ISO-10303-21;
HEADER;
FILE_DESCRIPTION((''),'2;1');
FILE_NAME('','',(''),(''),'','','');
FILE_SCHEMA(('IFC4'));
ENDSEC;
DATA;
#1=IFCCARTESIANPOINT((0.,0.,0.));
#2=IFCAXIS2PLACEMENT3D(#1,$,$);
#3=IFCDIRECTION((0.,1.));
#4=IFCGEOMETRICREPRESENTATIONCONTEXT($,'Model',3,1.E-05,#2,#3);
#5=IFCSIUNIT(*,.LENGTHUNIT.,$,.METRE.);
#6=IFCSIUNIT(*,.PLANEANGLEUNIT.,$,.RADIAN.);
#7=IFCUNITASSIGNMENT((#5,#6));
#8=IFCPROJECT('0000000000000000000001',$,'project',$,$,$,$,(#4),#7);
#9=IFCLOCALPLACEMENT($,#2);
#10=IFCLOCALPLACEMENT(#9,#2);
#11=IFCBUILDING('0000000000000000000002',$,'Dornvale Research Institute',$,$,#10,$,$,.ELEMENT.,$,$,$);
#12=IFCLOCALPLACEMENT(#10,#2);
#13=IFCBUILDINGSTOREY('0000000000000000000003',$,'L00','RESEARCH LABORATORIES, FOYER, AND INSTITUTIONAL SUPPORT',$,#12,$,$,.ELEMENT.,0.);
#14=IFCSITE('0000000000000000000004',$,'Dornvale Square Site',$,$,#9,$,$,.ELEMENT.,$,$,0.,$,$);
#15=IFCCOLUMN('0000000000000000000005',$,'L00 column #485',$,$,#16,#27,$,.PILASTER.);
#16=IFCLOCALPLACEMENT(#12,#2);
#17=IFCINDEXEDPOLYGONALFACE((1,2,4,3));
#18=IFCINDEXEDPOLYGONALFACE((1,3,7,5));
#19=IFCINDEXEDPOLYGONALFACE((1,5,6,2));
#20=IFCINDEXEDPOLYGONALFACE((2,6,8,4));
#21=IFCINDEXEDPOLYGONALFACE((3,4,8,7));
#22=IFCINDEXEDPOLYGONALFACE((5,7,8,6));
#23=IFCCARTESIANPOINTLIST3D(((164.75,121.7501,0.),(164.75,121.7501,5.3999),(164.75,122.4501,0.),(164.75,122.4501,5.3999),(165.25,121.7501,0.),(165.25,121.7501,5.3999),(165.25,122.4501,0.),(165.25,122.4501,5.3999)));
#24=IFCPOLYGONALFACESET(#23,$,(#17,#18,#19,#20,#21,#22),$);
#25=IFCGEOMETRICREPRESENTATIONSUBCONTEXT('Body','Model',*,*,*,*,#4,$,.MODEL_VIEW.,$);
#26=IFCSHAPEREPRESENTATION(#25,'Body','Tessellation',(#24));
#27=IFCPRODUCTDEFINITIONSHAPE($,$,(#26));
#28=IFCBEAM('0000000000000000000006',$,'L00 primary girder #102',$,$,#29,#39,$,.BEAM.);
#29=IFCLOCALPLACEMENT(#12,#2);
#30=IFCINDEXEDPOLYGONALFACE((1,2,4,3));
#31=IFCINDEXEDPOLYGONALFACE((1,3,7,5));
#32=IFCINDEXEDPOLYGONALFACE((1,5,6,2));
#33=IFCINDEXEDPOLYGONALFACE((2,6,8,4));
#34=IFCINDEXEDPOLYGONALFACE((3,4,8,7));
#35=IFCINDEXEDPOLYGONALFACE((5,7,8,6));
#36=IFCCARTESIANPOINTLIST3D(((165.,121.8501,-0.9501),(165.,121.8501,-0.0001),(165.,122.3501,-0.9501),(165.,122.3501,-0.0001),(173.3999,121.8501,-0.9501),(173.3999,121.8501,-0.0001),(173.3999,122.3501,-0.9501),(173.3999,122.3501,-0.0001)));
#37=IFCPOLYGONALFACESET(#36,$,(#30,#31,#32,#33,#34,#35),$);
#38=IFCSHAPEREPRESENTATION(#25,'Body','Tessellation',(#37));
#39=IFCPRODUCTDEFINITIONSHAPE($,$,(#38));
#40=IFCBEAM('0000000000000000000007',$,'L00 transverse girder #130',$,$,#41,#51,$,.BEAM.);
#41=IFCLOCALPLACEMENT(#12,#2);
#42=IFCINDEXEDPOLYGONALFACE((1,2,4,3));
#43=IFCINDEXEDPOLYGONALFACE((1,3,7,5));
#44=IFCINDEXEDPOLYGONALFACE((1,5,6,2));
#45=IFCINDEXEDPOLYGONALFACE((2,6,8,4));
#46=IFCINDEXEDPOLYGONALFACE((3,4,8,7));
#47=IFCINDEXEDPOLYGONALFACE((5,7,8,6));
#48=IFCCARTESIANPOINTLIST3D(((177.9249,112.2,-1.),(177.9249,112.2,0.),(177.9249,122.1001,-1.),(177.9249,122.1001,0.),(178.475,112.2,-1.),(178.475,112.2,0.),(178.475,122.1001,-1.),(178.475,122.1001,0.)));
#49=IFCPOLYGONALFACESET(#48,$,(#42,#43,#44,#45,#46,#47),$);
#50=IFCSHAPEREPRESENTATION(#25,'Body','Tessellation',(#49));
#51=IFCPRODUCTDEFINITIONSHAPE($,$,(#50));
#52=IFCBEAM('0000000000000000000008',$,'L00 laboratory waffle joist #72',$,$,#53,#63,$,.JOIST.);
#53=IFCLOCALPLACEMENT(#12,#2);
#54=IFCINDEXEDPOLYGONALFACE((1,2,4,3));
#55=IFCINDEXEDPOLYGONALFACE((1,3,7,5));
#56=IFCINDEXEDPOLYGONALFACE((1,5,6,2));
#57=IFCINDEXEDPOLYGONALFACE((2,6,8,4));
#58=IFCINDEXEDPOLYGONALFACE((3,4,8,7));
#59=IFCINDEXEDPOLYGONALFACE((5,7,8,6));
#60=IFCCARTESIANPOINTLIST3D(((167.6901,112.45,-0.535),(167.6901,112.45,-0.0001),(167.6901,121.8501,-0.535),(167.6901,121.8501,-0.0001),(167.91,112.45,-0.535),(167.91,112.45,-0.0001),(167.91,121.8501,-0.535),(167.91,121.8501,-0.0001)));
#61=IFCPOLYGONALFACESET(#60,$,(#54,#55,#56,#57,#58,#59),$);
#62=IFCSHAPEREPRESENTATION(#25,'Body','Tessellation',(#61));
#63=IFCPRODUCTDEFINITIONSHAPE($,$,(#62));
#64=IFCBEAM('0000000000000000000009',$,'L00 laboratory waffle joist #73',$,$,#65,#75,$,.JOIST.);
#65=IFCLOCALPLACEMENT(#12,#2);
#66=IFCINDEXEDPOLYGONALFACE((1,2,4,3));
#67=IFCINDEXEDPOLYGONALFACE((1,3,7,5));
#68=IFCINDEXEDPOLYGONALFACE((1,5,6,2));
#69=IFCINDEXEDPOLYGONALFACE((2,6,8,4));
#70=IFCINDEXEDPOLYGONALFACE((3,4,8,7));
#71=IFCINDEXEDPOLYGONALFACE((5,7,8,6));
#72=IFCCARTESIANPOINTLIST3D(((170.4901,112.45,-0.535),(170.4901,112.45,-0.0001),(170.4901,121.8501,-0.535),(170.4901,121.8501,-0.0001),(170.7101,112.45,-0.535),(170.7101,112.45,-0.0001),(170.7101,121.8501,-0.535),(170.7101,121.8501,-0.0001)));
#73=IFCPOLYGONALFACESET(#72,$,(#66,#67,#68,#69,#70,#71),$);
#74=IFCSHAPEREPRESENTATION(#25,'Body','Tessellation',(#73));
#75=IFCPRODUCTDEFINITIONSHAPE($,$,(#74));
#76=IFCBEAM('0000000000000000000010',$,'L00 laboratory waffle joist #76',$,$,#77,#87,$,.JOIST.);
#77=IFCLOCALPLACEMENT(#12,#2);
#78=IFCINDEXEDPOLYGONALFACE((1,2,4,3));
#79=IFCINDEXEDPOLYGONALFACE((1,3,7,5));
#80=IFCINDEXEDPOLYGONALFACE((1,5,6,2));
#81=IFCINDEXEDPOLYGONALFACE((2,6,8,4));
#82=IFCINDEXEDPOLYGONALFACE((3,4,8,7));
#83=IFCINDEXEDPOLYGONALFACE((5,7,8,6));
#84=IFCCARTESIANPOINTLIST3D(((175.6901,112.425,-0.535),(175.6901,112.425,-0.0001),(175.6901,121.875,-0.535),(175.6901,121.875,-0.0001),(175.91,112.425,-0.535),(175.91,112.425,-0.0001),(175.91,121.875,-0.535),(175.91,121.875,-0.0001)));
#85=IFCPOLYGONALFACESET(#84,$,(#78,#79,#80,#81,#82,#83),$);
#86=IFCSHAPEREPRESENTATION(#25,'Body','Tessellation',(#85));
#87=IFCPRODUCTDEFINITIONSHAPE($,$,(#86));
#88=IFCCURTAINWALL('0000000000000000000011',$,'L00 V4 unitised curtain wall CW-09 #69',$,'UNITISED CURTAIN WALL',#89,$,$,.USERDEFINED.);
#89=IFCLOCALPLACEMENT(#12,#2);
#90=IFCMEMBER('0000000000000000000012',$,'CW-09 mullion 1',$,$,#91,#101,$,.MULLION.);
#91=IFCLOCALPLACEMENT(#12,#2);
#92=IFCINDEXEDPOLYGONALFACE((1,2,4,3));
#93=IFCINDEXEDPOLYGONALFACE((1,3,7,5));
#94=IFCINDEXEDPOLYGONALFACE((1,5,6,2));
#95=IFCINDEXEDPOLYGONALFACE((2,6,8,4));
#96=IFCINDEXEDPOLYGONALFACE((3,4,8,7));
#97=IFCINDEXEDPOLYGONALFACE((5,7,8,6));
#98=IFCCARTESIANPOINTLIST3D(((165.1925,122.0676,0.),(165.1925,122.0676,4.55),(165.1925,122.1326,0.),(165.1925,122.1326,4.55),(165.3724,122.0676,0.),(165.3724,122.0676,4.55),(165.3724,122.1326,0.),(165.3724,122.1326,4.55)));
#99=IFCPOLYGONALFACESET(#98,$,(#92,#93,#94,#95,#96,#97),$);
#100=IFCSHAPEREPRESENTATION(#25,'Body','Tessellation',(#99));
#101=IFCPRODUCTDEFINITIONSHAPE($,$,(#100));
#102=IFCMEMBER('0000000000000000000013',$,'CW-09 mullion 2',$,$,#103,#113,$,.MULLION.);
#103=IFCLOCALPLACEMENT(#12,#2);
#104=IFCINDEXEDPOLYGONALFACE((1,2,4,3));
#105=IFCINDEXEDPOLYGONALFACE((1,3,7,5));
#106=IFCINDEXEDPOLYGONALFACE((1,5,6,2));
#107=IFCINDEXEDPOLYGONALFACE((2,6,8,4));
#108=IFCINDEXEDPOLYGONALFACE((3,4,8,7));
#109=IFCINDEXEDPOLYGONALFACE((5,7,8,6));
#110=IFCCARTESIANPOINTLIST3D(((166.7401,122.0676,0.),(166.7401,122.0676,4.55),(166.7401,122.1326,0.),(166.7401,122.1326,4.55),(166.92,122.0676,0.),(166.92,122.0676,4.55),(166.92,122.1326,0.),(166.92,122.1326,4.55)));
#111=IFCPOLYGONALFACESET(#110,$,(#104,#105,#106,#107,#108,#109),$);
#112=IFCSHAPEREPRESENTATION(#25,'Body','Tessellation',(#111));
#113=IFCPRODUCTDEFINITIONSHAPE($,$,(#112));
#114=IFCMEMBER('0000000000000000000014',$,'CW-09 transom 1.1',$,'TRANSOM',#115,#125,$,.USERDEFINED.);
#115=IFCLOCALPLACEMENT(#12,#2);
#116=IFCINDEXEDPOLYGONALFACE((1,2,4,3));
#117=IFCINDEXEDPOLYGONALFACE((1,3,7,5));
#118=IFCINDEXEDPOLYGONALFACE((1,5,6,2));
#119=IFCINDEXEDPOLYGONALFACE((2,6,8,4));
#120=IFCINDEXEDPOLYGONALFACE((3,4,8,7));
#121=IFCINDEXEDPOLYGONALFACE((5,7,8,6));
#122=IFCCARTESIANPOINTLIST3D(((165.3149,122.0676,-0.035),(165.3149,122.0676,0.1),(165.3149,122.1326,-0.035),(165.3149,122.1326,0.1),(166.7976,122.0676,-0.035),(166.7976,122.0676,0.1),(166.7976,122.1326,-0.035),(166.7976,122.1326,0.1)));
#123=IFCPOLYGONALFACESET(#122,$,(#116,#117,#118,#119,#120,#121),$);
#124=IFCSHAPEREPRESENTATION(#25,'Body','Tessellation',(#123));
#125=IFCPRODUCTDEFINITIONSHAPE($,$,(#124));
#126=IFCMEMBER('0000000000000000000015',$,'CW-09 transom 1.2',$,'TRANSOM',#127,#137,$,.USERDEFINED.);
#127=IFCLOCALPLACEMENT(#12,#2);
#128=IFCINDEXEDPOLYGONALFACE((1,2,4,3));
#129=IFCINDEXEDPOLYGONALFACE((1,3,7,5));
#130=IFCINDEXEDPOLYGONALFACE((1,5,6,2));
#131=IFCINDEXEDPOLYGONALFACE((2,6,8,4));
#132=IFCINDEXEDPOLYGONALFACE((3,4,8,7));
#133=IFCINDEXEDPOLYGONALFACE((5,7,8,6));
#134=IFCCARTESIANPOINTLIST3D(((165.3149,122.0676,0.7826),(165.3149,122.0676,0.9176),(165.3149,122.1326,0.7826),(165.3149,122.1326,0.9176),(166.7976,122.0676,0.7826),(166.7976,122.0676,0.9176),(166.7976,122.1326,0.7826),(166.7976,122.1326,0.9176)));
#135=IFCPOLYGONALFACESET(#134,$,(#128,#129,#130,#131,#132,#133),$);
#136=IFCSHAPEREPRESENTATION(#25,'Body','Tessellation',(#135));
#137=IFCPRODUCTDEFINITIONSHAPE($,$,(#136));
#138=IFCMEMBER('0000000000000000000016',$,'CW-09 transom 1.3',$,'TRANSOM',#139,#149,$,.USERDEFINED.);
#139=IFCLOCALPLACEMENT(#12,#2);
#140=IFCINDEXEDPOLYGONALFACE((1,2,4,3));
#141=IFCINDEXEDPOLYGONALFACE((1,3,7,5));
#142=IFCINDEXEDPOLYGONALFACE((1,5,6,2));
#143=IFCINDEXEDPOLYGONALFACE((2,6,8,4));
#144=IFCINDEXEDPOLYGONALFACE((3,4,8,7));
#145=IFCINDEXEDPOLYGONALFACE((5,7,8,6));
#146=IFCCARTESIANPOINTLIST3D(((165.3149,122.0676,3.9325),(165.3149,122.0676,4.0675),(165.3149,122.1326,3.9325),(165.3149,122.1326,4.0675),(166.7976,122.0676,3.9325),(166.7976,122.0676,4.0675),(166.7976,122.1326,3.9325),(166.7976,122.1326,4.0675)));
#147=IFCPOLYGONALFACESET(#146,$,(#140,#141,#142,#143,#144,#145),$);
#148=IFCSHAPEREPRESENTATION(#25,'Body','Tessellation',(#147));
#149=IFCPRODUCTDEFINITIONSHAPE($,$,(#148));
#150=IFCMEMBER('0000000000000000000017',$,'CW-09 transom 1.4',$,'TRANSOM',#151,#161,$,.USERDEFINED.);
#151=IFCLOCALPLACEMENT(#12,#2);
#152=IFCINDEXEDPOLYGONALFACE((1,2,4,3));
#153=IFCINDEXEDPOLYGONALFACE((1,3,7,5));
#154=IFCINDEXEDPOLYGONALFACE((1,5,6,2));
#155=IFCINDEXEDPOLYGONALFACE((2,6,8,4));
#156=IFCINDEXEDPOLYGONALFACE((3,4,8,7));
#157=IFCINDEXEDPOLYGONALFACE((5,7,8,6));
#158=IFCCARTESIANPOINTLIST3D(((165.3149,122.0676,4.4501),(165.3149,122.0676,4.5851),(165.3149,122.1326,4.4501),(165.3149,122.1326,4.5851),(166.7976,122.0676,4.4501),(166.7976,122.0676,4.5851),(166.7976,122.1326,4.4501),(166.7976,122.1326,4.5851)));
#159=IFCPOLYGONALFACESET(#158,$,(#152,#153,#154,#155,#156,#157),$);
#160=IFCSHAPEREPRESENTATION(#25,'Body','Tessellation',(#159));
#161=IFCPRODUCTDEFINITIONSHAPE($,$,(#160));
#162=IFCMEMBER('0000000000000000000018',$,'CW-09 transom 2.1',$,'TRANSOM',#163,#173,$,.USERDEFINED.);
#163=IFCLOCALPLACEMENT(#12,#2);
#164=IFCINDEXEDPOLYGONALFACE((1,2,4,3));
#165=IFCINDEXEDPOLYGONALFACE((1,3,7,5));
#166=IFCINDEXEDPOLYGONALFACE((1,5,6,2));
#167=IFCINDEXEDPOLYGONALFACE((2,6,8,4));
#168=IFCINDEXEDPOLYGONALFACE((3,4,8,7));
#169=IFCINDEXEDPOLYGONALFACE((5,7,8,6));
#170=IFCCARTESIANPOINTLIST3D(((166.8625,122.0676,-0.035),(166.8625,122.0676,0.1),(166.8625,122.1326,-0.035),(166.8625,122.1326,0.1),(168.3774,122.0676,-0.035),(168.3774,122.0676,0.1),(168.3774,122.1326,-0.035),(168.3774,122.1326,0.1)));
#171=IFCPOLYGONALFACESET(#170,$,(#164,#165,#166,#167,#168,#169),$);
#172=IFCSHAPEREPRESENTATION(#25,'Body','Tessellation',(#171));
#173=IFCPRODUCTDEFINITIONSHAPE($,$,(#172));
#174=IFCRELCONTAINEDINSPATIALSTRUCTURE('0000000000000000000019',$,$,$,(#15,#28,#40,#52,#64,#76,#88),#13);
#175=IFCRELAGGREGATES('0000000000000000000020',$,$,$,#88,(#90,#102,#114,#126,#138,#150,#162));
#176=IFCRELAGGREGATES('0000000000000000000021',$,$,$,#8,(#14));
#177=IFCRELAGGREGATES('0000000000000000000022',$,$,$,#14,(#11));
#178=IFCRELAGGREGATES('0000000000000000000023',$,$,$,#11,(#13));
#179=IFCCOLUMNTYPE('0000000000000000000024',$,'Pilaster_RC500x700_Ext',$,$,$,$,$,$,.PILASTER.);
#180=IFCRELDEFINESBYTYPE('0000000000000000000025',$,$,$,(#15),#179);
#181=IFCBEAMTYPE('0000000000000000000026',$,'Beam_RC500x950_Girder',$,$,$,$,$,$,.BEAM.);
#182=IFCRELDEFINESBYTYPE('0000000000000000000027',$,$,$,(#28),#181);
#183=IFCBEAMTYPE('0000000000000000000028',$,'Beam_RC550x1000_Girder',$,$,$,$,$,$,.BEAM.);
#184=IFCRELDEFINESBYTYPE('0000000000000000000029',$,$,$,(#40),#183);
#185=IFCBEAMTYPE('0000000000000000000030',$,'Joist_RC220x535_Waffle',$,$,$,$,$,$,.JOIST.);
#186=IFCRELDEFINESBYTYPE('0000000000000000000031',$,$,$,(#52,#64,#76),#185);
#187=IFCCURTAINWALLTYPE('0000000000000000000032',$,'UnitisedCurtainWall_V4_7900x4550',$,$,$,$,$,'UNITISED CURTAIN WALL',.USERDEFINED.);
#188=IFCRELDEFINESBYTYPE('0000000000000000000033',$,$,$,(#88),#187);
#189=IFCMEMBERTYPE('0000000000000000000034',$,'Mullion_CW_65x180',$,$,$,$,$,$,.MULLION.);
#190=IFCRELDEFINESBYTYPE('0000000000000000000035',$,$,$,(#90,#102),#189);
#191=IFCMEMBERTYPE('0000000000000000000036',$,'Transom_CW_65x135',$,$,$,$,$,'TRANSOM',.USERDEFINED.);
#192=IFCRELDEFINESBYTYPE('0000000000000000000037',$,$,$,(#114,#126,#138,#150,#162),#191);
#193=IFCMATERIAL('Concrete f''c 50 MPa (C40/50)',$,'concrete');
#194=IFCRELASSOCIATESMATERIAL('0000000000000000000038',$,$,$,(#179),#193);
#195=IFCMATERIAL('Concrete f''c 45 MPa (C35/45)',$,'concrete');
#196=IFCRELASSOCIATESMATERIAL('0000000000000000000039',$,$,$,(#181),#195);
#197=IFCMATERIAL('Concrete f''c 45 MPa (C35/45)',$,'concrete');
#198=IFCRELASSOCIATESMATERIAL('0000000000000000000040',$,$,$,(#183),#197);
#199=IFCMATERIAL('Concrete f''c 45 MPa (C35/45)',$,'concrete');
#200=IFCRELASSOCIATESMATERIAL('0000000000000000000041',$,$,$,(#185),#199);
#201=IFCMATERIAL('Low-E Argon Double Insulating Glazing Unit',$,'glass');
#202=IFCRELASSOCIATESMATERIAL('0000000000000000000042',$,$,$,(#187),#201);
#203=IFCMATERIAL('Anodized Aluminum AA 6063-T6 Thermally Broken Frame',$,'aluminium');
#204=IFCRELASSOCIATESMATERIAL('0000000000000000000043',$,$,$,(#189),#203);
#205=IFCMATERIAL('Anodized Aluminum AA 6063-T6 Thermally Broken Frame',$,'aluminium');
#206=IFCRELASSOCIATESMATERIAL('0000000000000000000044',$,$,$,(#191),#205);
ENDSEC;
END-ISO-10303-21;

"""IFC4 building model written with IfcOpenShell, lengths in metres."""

from ifc_helpers import new_model, si_unit, direction, frame, origin, origin_2d, place, context, subcontext, project, spatial, rectangle, extrude, material, material_profile, profile_set, type_object, element, aggregate, save


model = new_model("IFC4")

# Units and contexts
model_context = context("Model", 3, precision=1e-05, world=origin(), true_north=direction((0.0, 1.0)))
body_context = subcontext(model_context, "Body", "Model", "MODEL_VIEW")
ifc_project = project(units=[si_unit("LENGTHUNIT", "METRE"), si_unit("PLANEANGLEUNIT", "RADIAN")], contexts=[model_context])

# Site, building, storey
site_placement = place(None, origin())
site = spatial("IfcSite", under=ifc_project, at=site_placement, Name="Dornvale Square Site", CompositionType="ELEMENT", RefElevation=0.0)
building_placement = place(site_placement, origin())
building = spatial("IfcBuilding", under=site, at=building_placement, Name="Dornvale Research Institute", CompositionType="ELEMENT")
storey_placement = place(building_placement, origin())
storey = spatial("IfcBuildingStorey", under=building, at=storey_placement, Name="L00", Description="RESEARCH LABORATORIES, FOYER, AND INSTITUTIONAL SUPPORT", CompositionType="ELEMENT", Elevation=0.0)

# Column
ifc_material_1 = material(Name="Concrete f'c 50 MPa (C40/50)", Category="concrete")
ifc_material_profile_1 = material_profile(ifc_material_1, rectangle(XDim=0.5, YDim=0.7, at=origin_2d()), Name="RC 500x700")
ifc_profile_set_1 = profile_set([ifc_material_profile_1], Name="Concrete f'c 50 MPa (C40/50)")
column_type = type_object("IfcColumnType", Name="Pilaster_RC500x700_Ext", PredefinedType="PILASTER", material=ifc_profile_set_1)
column_placement = place(storey_placement, frame((165.0, 122.1001, 0.0), z_axis=(0.0, 0.0, 1.0), x_axis=(1.0, 0.0, 0.0)))
element("IfcColumn", 1, at=column_placement, inside=storey, type_object=column_type, Name="L00 column #485", PredefinedType="PILASTER", context=body_context, shape_type="SweptSolid", body=[
    extrude(rectangle(XDim=0.5, YDim=0.7, at=origin_2d()), origin(), (0.0, 0.0, 1.0), 5.3999),
])

# Beams
ifc_material_2 = material(Name="Concrete f'c 45 MPa (C35/45)", Category="concrete")
ifc_material_profile_2 = material_profile(ifc_material_2, rectangle(XDim=0.5, YDim=0.95, at=origin_2d()), Name="RC 500x950")
ifc_profile_set_2 = profile_set([ifc_material_profile_2], Name="Concrete f'c 45 MPa (C35/45)")
beam_type_1 = type_object("IfcBeamType", Name="Beam_RC500x950_Girder", PredefinedType="BEAM", material=ifc_profile_set_2)
beam_1_placement = place(storey_placement, frame((165.0, 122.1001, -0.4751), z_axis=(1.0, 0.0, 0.0), x_axis=(0.0, 1.0, 0.0)))
element("IfcBeam", 2, at=beam_1_placement, inside=storey, type_object=beam_type_1, Name="L00 primary girder #102", PredefinedType="BEAM", context=body_context, shape_type="SweptSolid", body=[
    extrude(rectangle(XDim=0.5, YDim=0.95, at=origin_2d()), origin(), (0.0, 0.0, 1.0), 8.3999),
])
ifc_material_3 = material(Name="Concrete f'c 45 MPa (C35/45)", Category="concrete")
ifc_material_profile_3 = material_profile(ifc_material_3, rectangle(XDim=0.55, YDim=1.0, at=origin_2d()), Name="RC 550x1000")
ifc_profile_set_3 = profile_set([ifc_material_profile_3], Name="Concrete f'c 45 MPa (C35/45)")
beam_type_2 = type_object("IfcBeamType", Name="Beam_RC550x1000_Girder", PredefinedType="BEAM", material=ifc_profile_set_3)
beam_2_placement = place(storey_placement, frame((178.2, 112.2, -0.5), z_axis=(0.0, 1.0, 0.0), x_axis=(-1.0, 0.0, 0.0)))
element("IfcBeam", 3, at=beam_2_placement, inside=storey, type_object=beam_type_2, Name="L00 transverse girder #130", PredefinedType="BEAM", context=body_context, shape_type="SweptSolid", body=[
    extrude(rectangle(XDim=0.55, YDim=1.0, at=origin_2d()), origin(), (0.0, 0.0, 1.0), 9.9001),
])
ifc_material_4 = material(Name="Concrete f'c 45 MPa (C35/45)", Category="concrete")
ifc_material_profile_4 = material_profile(ifc_material_4, rectangle(XDim=0.22, YDim=0.5349, at=origin_2d()), Name="RC 220x535")
ifc_profile_set_4 = profile_set([ifc_material_profile_4], Name="Concrete f'c 45 MPa (C35/45)")
beam_type_3 = type_object("IfcBeamType", Name="Joist_RC220x535_Waffle", PredefinedType="JOIST", material=ifc_profile_set_4)
for number, where, z_axis, x_axis, name in (
    (4, (167.8, 112.45, -0.2676), (0.0, 1.0, 0.0), (-1.0, 0.0, 0.0), "L00 laboratory waffle joist #72"),
    (5, (170.6001, 112.45, -0.2676), (0.0, 1.0, 0.0), (-1.0, 0.0, 0.0), "L00 laboratory waffle joist #73"),
):
    element("IfcBeam", number, at=place(storey_placement, frame(where, z_axis=z_axis, x_axis=x_axis)), inside=storey, type_object=beam_type_3, Name=name, PredefinedType="JOIST", context=body_context, shape_type="SweptSolid", body=[
        extrude(rectangle(XDim=0.22, YDim=0.5349, at=origin_2d()), origin(), (0.0, 0.0, 1.0), 9.4001),
    ])
beam_3_placement = place(storey_placement, frame((175.8, 112.425, -0.2676), z_axis=(0.0, 1.0, 0.0), x_axis=(-1.0, 0.0, 0.0)))
element("IfcBeam", 6, at=beam_3_placement, inside=storey, type_object=beam_type_3, Name="L00 laboratory waffle joist #76", PredefinedType="JOIST", context=body_context, shape_type="SweptSolid", body=[
    extrude(rectangle(XDim=0.22, YDim=0.5349, at=origin_2d()), origin(), (0.0, 0.0, 1.0), 9.45),
])

# Curtain wall, members
ifc_material_5 = material(Name="Low-E Argon Double Insulating Glazing Unit", Category="glass")
curtain_wall_type = type_object("IfcCurtainWallType", Name="UnitisedCurtainWall_V4_7900x4550", ElementType="UNITISED CURTAIN WALL", PredefinedType="USERDEFINED", material=ifc_material_5)
curtain_wall_placement = place(storey_placement, origin())
curtain_wall = element("IfcCurtainWall", 7, at=curtain_wall_placement, inside=storey, type_object=curtain_wall_type, Name="L00 V4 unitised curtain wall CW-09 #69", ObjectType="UNITISED CURTAIN WALL", PredefinedType="USERDEFINED")
ifc_material_6 = material(Name="Anodized Aluminum AA 6063-T6 Thermally Broken Frame", Category="aluminium")
ifc_material_profile_5 = material_profile(ifc_material_6, rectangle(XDim=0.0649, YDim=0.1799, at=origin_2d()), Name="ALU MULLION 65x180")
ifc_profile_set_5 = profile_set([ifc_material_profile_5], Name="Anodized Aluminum AA 6063-T6 Thermally Broken Frame")
member_type_1 = type_object("IfcMemberType", Name="Mullion_CW_65x180", PredefinedType="MULLION", material=ifc_profile_set_5)
member_1_placement = place(storey_placement, frame((165.2825, 122.1001, 0.0), z_axis=(0.0, 0.0, 1.0), x_axis=(0.0, 1.0, 0.0)))
member_1 = element("IfcMember", 8, at=member_1_placement, type_object=member_type_1, Name="CW-09 mullion 1", PredefinedType="MULLION", context=body_context, shape_type="SweptSolid", body=[
    extrude(rectangle(XDim=0.0649, YDim=0.1799, at=origin_2d()), origin(), (0.0, 0.0, 1.0), 4.55),
])
member_2_placement = place(storey_placement, frame((166.8301, 122.1001, 0.0), z_axis=(0.0, 0.0, 1.0), x_axis=(0.0, 1.0, 0.0)))
member_2 = element("IfcMember", 9, at=member_2_placement, type_object=member_type_1, Name="CW-09 mullion 2", PredefinedType="MULLION", context=body_context, shape_type="SweptSolid", body=[
    extrude(rectangle(XDim=0.0649, YDim=0.1799, at=origin_2d()), origin(), (0.0, 0.0, 1.0), 4.55),
])
ifc_material_7 = material(Name="Anodized Aluminum AA 6063-T6 Thermally Broken Frame", Category="aluminium")
ifc_material_profile_6 = material_profile(ifc_material_7, rectangle(XDim=0.0649, YDim=0.135, at=origin_2d()), Name="ALU TRANSOM 65x135")
ifc_profile_set_6 = profile_set([ifc_material_profile_6], Name="Anodized Aluminum AA 6063-T6 Thermally Broken Frame")
member_type_2 = type_object("IfcMemberType", Name="Transom_CW_65x135", ElementType="TRANSOM", PredefinedType="USERDEFINED", material=ifc_profile_set_6)
member_3_placement = place(storey_placement, frame((165.3149, 122.1001, 0.0325), z_axis=(1.0, 0.0, 0.0), x_axis=(0.0, 1.0, 0.0)))
member_3 = element("IfcMember", 10, at=member_3_placement, type_object=member_type_2, Name="CW-09 transom 1.1", ObjectType="TRANSOM", PredefinedType="USERDEFINED", context=body_context, shape_type="SweptSolid", body=[
    extrude(rectangle(XDim=0.0649, YDim=0.135, at=origin_2d()), origin(), (0.0, 0.0, 1.0), 1.4827),
])
member_4_placement = place(storey_placement, frame((165.3149, 122.1001, 0.8501), z_axis=(1.0, 0.0, 0.0), x_axis=(0.0, 1.0, 0.0)))
member_4 = element("IfcMember", 11, at=member_4_placement, type_object=member_type_2, Name="CW-09 transom 1.2", ObjectType="TRANSOM", PredefinedType="USERDEFINED", context=body_context, shape_type="SweptSolid", body=[
    extrude(rectangle(XDim=0.0649, YDim=0.135, at=origin_2d()), origin(), (0.0, 0.0, 1.0), 1.4827),
])
member_5_placement = place(storey_placement, frame((165.3149, 122.1001, 4.0), z_axis=(1.0, 0.0, 0.0), x_axis=(0.0, 1.0, 0.0)))
member_5 = element("IfcMember", 12, at=member_5_placement, type_object=member_type_2, Name="CW-09 transom 1.3", ObjectType="TRANSOM", PredefinedType="USERDEFINED", context=body_context, shape_type="SweptSolid", body=[
    extrude(rectangle(XDim=0.0649, YDim=0.135, at=origin_2d()), origin(), (0.0, 0.0, 1.0), 1.4827),
])
member_6_placement = place(storey_placement, frame((165.3149, 122.1001, 4.5176), z_axis=(1.0, 0.0, 0.0), x_axis=(0.0, 1.0, 0.0)))
member_6 = element("IfcMember", 13, at=member_6_placement, type_object=member_type_2, Name="CW-09 transom 1.4", ObjectType="TRANSOM", PredefinedType="USERDEFINED", context=body_context, shape_type="SweptSolid", body=[
    extrude(rectangle(XDim=0.0649, YDim=0.135, at=origin_2d()), origin(), (0.0, 0.0, 1.0), 1.4827),
])
member_7_placement = place(storey_placement, frame((166.8625, 122.1001, 0.0325), z_axis=(1.0, 0.0, 0.0), x_axis=(0.0, 1.0, 0.0)))
member_7 = element("IfcMember", 14, at=member_7_placement, type_object=member_type_2, Name="CW-09 transom 2.1", ObjectType="TRANSOM", PredefinedType="USERDEFINED", context=body_context, shape_type="SweptSolid", body=[
    extrude(rectangle(XDim=0.0649, YDim=0.135, at=origin_2d()), origin(), (0.0, 0.0, 1.0), 1.5149),
])
aggregate(curtain_wall, [member_1, member_2, member_3, member_4, member_5, member_6, member_7])

save(model, "model.ifc")
